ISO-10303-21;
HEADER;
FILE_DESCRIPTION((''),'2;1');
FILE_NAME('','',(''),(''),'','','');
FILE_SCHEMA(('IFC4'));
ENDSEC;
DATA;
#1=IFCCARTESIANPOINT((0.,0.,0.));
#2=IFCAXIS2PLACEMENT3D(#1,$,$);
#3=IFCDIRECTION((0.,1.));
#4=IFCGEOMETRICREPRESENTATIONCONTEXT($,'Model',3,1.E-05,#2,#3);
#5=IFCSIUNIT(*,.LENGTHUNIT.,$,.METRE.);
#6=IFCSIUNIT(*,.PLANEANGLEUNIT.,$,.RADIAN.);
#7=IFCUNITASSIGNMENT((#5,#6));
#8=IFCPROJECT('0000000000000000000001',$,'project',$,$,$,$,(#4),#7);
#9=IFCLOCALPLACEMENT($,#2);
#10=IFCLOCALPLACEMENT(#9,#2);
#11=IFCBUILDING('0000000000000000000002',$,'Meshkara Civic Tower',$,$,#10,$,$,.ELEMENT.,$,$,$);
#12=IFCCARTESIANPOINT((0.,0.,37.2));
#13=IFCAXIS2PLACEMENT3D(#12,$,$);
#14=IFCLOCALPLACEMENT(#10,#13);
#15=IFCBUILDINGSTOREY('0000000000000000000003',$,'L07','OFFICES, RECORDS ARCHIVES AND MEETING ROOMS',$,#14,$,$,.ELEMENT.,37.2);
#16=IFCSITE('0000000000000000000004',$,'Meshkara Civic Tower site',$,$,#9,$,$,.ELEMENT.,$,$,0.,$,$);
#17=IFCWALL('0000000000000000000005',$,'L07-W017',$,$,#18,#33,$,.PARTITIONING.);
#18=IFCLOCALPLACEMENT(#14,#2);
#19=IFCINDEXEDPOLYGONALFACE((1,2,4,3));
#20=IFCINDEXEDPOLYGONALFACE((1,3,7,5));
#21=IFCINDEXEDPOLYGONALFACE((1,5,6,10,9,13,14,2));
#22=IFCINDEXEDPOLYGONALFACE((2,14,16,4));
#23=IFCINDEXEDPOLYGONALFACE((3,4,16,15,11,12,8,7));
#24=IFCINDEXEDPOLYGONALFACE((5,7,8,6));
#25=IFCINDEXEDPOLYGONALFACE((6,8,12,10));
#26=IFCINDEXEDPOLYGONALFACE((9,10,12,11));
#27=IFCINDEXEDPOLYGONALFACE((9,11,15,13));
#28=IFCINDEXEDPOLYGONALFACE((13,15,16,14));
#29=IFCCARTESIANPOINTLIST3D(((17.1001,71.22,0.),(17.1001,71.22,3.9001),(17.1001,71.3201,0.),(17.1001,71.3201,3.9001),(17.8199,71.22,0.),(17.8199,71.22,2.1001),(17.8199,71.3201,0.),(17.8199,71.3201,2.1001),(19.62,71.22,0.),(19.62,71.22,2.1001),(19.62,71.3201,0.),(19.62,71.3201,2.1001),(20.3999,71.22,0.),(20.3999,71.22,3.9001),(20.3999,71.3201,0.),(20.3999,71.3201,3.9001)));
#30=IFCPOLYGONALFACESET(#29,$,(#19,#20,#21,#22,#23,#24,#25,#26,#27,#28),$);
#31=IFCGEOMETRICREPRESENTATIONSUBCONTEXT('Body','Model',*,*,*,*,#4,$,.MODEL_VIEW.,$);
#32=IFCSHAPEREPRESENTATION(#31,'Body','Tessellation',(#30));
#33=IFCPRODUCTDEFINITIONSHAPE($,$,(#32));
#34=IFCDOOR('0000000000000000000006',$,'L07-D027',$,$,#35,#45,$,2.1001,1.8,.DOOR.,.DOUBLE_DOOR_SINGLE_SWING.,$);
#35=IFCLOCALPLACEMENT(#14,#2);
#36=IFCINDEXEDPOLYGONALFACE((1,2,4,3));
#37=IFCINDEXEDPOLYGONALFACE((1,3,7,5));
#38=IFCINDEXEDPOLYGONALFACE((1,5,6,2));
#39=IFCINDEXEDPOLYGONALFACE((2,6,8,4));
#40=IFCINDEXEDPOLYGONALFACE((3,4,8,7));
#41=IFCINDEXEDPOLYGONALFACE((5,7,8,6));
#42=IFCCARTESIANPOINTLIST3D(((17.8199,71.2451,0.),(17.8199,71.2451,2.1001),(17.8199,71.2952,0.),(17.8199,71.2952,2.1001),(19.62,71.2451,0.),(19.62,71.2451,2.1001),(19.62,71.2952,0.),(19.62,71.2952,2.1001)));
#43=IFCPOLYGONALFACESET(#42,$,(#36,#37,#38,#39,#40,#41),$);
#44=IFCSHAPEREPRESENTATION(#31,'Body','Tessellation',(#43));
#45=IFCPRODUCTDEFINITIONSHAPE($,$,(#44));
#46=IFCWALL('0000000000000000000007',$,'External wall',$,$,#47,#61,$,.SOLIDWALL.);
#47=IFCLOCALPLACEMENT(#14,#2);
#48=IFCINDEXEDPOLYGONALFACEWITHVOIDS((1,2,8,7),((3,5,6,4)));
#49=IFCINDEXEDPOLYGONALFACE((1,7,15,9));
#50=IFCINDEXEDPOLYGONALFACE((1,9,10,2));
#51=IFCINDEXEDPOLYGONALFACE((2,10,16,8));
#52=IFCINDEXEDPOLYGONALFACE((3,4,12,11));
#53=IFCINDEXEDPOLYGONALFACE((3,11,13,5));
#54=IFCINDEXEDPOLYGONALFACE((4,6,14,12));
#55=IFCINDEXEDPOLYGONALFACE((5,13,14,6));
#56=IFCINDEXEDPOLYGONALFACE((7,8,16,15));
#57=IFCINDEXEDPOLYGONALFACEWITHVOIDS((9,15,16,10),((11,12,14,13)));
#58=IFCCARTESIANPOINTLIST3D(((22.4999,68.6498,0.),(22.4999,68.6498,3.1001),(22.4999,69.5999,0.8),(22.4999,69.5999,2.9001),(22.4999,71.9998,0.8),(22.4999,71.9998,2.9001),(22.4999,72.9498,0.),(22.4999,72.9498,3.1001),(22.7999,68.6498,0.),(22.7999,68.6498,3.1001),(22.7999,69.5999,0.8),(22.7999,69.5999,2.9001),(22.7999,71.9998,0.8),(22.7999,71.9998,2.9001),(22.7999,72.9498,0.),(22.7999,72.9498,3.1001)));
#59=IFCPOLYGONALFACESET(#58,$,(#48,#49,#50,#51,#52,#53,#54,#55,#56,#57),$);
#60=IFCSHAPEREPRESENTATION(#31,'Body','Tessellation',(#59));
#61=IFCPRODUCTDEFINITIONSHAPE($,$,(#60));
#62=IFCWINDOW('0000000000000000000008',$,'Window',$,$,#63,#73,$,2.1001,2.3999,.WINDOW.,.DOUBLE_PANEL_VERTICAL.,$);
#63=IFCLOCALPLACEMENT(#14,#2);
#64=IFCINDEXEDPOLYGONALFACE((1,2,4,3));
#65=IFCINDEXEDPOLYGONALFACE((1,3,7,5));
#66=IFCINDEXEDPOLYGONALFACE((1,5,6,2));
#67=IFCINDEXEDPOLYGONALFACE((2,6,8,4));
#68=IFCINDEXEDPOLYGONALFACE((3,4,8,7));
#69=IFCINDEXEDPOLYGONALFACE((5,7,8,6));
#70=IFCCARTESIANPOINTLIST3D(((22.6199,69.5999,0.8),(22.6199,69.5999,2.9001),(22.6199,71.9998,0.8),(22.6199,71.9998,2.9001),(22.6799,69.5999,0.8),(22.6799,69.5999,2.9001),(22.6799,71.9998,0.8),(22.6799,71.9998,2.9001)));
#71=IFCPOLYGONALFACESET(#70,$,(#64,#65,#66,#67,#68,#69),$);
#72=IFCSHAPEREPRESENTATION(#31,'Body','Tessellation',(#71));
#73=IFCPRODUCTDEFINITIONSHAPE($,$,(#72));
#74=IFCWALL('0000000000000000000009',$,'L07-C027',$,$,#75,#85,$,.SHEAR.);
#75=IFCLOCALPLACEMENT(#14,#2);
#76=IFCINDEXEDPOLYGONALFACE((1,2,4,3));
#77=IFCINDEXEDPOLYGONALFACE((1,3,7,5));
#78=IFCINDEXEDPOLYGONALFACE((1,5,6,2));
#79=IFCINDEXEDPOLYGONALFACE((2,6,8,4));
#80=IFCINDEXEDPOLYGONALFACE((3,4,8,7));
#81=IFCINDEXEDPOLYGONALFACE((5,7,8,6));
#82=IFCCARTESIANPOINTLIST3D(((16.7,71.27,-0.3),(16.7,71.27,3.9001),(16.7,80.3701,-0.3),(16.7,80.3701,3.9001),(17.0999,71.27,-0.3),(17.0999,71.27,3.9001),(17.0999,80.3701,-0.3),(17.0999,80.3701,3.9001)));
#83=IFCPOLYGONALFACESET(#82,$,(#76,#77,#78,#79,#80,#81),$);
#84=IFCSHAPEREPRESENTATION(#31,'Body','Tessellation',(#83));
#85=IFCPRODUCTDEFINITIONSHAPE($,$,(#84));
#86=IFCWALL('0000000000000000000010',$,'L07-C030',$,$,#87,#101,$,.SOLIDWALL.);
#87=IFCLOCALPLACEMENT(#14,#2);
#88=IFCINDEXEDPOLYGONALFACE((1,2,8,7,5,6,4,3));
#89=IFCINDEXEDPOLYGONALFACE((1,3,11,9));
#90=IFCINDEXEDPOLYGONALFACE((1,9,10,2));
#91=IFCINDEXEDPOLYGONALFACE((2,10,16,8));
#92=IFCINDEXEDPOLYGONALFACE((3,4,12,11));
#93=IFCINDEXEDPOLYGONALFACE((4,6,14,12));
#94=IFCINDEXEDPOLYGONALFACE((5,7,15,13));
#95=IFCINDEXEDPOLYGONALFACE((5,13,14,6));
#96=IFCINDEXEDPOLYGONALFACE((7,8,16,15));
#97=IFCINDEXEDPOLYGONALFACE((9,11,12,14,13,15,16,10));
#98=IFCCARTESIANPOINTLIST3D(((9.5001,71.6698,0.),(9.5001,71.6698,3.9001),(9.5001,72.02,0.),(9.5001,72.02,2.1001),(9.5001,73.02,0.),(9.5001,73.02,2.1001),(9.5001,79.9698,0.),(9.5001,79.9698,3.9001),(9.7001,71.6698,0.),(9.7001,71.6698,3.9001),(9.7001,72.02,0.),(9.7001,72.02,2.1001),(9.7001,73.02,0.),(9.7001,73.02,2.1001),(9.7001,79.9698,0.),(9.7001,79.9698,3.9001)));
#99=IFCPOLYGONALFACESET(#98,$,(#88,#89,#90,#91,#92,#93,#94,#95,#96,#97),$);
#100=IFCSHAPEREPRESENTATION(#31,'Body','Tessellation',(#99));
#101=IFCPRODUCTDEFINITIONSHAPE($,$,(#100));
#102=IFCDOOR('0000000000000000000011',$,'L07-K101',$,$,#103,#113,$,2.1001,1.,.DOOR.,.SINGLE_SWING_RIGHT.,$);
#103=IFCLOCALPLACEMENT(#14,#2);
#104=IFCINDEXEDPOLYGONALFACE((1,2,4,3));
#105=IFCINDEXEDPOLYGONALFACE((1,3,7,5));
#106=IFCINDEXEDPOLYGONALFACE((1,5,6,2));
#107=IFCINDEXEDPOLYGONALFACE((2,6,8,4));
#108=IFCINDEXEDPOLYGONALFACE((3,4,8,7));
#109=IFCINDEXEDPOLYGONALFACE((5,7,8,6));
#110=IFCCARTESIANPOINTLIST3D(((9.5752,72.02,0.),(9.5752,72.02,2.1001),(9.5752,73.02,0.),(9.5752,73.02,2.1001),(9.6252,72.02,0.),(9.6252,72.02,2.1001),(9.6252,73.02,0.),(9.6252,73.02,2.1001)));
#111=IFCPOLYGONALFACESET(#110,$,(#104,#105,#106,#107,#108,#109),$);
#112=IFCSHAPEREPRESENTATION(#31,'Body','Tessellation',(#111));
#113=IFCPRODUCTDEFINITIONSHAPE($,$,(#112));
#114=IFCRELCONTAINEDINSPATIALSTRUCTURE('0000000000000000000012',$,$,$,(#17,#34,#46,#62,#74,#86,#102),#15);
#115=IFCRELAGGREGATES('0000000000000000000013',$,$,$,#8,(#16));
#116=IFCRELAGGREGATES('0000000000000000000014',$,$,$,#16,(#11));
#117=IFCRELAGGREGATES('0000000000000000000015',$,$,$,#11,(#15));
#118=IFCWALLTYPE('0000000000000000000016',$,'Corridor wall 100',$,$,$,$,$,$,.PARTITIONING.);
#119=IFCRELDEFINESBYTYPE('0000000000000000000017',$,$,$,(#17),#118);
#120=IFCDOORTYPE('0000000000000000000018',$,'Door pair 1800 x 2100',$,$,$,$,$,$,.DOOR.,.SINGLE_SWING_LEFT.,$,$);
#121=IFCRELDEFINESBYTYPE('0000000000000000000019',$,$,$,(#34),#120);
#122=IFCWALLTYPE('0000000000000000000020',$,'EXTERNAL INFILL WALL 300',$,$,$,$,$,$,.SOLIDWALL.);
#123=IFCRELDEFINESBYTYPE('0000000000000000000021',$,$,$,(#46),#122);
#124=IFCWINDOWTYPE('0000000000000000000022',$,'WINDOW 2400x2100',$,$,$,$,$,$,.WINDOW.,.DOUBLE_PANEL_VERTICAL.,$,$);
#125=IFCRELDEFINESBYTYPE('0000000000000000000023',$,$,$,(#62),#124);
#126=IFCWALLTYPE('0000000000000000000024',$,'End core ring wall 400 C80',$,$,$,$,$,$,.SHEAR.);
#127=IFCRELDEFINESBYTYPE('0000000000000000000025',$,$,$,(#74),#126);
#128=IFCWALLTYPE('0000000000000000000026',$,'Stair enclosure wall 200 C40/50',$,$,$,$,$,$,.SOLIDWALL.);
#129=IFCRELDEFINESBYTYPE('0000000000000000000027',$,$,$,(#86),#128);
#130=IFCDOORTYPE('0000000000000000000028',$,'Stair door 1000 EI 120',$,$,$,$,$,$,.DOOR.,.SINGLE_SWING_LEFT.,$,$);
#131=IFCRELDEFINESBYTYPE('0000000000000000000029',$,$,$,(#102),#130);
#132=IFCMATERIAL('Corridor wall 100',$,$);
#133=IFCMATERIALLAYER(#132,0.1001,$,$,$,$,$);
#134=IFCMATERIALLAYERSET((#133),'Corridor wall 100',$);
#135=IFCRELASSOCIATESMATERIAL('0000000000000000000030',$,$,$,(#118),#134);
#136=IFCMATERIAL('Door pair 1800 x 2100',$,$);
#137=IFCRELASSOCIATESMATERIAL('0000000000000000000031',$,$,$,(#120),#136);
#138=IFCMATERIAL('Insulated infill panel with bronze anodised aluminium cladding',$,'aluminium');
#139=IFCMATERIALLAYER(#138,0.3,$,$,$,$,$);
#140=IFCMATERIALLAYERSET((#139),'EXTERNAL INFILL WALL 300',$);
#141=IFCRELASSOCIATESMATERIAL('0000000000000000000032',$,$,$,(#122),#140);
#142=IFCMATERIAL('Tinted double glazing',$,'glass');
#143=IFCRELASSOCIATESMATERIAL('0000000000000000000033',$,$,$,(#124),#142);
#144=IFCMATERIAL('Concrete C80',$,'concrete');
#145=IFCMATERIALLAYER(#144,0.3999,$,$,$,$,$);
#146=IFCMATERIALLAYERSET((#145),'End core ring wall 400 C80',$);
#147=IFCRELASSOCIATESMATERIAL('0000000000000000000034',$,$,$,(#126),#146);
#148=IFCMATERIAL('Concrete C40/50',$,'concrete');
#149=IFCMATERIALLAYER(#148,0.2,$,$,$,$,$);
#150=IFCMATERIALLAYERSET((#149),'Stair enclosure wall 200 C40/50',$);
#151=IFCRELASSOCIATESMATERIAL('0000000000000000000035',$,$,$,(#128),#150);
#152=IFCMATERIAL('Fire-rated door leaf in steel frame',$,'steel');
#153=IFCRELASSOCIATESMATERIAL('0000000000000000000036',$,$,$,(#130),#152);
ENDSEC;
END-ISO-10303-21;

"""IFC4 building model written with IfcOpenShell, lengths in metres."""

from ifc_helpers import new_model, si_unit, direction, frame, frame_2d, origin, place, context, subcontext, project, spatial, rectangle, extrude, material, layer, layer_set, type_object, element, fill, save


model = new_model("IFC4")

# Units and contexts
model_context = context("Model", 3, precision=1e-05, world=origin(), true_north=direction((0.0, 1.0)))
body_context = subcontext(model_context, "Body", "Model", "MODEL_VIEW")
ifc_project = project(units=[si_unit("LENGTHUNIT", "METRE"), si_unit("PLANEANGLEUNIT", "RADIAN")], contexts=[model_context])

# Site, building, storey
site_placement = place(None, origin())
site = spatial("IfcSite", under=ifc_project, at=site_placement, Name="Meshkara Civic Tower site", CompositionType="ELEMENT", RefElevation=0.0)
building_placement = place(site_placement, origin())
building = spatial("IfcBuilding", under=site, at=building_placement, Name="Meshkara Civic Tower", CompositionType="ELEMENT")
storey_placement = place(building_placement, frame((0.0, 0.0, 37.2)))
storey = spatial("IfcBuildingStorey", under=building, at=storey_placement, Name="L07", Description="OFFICES, RECORDS ARCHIVES AND MEETING ROOMS", CompositionType="ELEMENT", Elevation=37.2)

# Shared definitions
ifc_material_1 = material(Name="Corridor wall 100")
ifc_layer_1 = layer(ifc_material_1, 0.1001)
ifc_layer_set_1 = layer_set([ifc_layer_1], Name="Corridor wall 100")
wall_type_1 = type_object("IfcWallType", Name="Corridor wall 100", PredefinedType="PARTITIONING", material=ifc_layer_set_1)
ifc_material_2 = material(Name="Door pair 1800 x 2100")
door_type_1 = type_object("IfcDoorType", Name="Door pair 1800 x 2100", OperationType="SINGLE_SWING_LEFT", PredefinedType="DOOR", material=ifc_material_2)

# Wall, opening, door
wall_1_placement = place(storey_placement, frame((20.3999, 71.27, 0.0), z_axis=(0.0, 0.0, 1.0), x_axis=(-1.0, 0.0, 0.0)))
wall_1 = element("IfcWall", 1, at=wall_1_placement, inside=storey, type_object=wall_type_1, Name="L07-W017", PredefinedType="PARTITIONING", context=body_context, shape_type="SweptSolid", body=[
    extrude(rectangle(XDim=3.2998, YDim=0.1001, at=frame_2d((1.6499, 0.0))), origin(), (0.0, 0.0, 1.0), 3.9001),
])
opening_1_placement = place(wall_1_placement, frame((0.78, 0.0, 0.0)))
opening_1 = element("IfcOpeningElement", 2, at=opening_1_placement, cuts=wall_1, PredefinedType="OPENING", context=body_context, shape_type="SweptSolid", body=[
    extrude(rectangle(XDim=1.8, YDim=2.1001, at=frame_2d((0.8999, 1.05))), frame((0.0, 0.0601, 0.0), z_axis=(0.0, -1.0, 0.0), x_axis=(1.0, 0.0, 0.0)), (0.0, 0.0, 1.0), 0.1201),
])
door_1_placement = place(opening_1_placement, origin())
door_1 = element("IfcDoor", 3, at=door_1_placement, inside=storey, type_object=door_type_1, Name="L07-D027", OperationType="DOUBLE_DOOR_SINGLE_SWING", OverallHeight=2.1001, OverallWidth=1.8, PredefinedType="DOOR", context=body_context, shape_type="SweptSolid", body=[
    extrude(rectangle(XDim=1.8, YDim=2.1001, at=frame_2d((0.8999, 1.05))), frame((0.0, 0.0249, 0.0), z_axis=(0.0, -1.0, 0.0), x_axis=(1.0, 0.0, 0.0)), (0.0, 0.0, 1.0), 0.05),
])
fill(opening_1, door_1)

# Wall, opening, window
ifc_material_3 = material(Name="Insulated infill panel with bronze anodised aluminium cladding", Category="aluminium")
ifc_layer_2 = layer(ifc_material_3, 0.3)
ifc_layer_set_2 = layer_set([ifc_layer_2], Name="EXTERNAL INFILL WALL 300")
wall_type_2 = type_object("IfcWallType", Name="EXTERNAL INFILL WALL 300", PredefinedType="SOLIDWALL", material=ifc_layer_set_2)
wall_2_placement = place(storey_placement, frame((22.6499, 68.6499, 0.0), z_axis=(0.0, 0.0, 1.0), x_axis=(0.0, 1.0, 0.0)))
wall_2 = element("IfcWall", 4, at=wall_2_placement, inside=storey, type_object=wall_type_2, Name="External wall", PredefinedType="SOLIDWALL", context=body_context, shape_type="SweptSolid", body=[
    extrude(rectangle(XDim=4.3, YDim=0.3, at=frame_2d((2.1499, 0.0))), origin(), (0.0, 0.0, 1.0), 3.1001),
])
opening_2_placement = place(wall_2_placement, frame((0.95, 0.0, 0.8)))
opening_2 = element("IfcOpeningElement", 5, at=opening_2_placement, cuts=wall_2, PredefinedType="OPENING", context=body_context, shape_type="SweptSolid", body=[
    extrude(rectangle(XDim=2.3999, YDim=2.1001, at=frame_2d((1.2, 1.05))), frame((0.0, 0.1599, 0.0), z_axis=(0.0, -1.0, 0.0), x_axis=(1.0, 0.0, 0.0)), (0.0, 0.0, 1.0), 0.3201),
])
ifc_material_4 = material(Name="Tinted double glazing", Category="glass")
window_type = type_object("IfcWindowType", Name="WINDOW 2400x2100", PartitioningType="DOUBLE_PANEL_VERTICAL", PredefinedType="WINDOW", material=ifc_material_4)
window_placement = place(opening_2_placement, origin())
window = element("IfcWindow", 6, at=window_placement, inside=storey, type_object=window_type, Name="Window", OverallHeight=2.1001, OverallWidth=2.3999, PartitioningType="DOUBLE_PANEL_VERTICAL", PredefinedType="WINDOW", context=body_context, shape_type="SweptSolid", body=[
    extrude(rectangle(XDim=2.3999, YDim=2.1001, at=frame_2d((1.2, 1.05))), frame((0.0, 0.03, 0.0), z_axis=(0.0, -1.0, 0.0), x_axis=(1.0, 0.0, 0.0)), (0.0, 0.0, 1.0), 0.0601),
])
fill(opening_2, window)

# Wall
ifc_material_5 = material(Name="Concrete C80", Category="concrete")
ifc_layer_3 = layer(ifc_material_5, 0.3999)
ifc_layer_set_3 = layer_set([ifc_layer_3], Name="End core ring wall 400 C80")
wall_type_3 = type_object("IfcWallType", Name="End core ring wall 400 C80", PredefinedType="SHEAR", material=ifc_layer_set_3)
wall_3_placement = place(storey_placement, frame((16.8999, 71.27, -0.3), z_axis=(0.0, 0.0, 1.0), x_axis=(0.0, 1.0, 0.0)))
element("IfcWall", 7, at=wall_3_placement, inside=storey, type_object=wall_type_3, Name="L07-C027", PredefinedType="SHEAR", context=body_context, shape_type="SweptSolid", body=[
    extrude(rectangle(XDim=9.1001, YDim=0.3999, at=frame_2d((4.55, 0.0))), origin(), (0.0, 0.0, 1.0), 4.2002),
])

# Wall, opening, door
ifc_material_6 = material(Name="Concrete C40/50", Category="concrete")
ifc_layer_4 = layer(ifc_material_6, 0.2)
ifc_layer_set_4 = layer_set([ifc_layer_4], Name="Stair enclosure wall 200 C40/50")
wall_type_4 = type_object("IfcWallType", Name="Stair enclosure wall 200 C40/50", PredefinedType="SOLIDWALL", material=ifc_layer_set_4)
wall_4_placement = place(storey_placement, frame((9.6001, 71.6699, 0.0), z_axis=(0.0, 0.0, 1.0), x_axis=(0.0, 1.0, 0.0)))
wall_4 = element("IfcWall", 8, at=wall_4_placement, inside=storey, type_object=wall_type_4, Name="L07-C030", PredefinedType="SOLIDWALL", context=body_context, shape_type="SweptSolid", body=[
    extrude(rectangle(XDim=8.3, YDim=0.2, at=frame_2d((4.1499, 0.0))), origin(), (0.0, 0.0, 1.0), 3.9001),
])
opening_3_placement = place(wall_4_placement, frame((0.3501, 0.0, 0.0)))
opening_3 = element("IfcOpeningElement", 9, at=opening_3_placement, cuts=wall_4, PredefinedType="OPENING", context=body_context, shape_type="SweptSolid", body=[
    extrude(rectangle(XDim=1.0, YDim=2.1001, at=frame_2d((0.5, 1.05))), frame((0.0, 0.1099, 0.0), z_axis=(0.0, -1.0, 0.0), x_axis=(1.0, 0.0, 0.0)), (0.0, 0.0, 1.0), 0.22),
])
ifc_material_7 = material(Name="Fire-rated door leaf in steel frame", Category="steel")
door_type_2 = type_object("IfcDoorType", Name="Stair door 1000 EI 120", OperationType="SINGLE_SWING_LEFT", PredefinedType="DOOR", material=ifc_material_7)
door_2_placement = place(opening_3_placement, origin())
door_2 = element("IfcDoor", 10, at=door_2_placement, inside=storey, type_object=door_type_2, Name="L07-K101", OperationType="SINGLE_SWING_RIGHT", OverallHeight=2.1001, OverallWidth=1.0, PredefinedType="DOOR", context=body_context, shape_type="SweptSolid", body=[
    extrude(rectangle(XDim=1.0, YDim=2.1001, at=frame_2d((0.5, 1.05))), frame((0.0, 0.0249, 0.0), z_axis=(0.0, -1.0, 0.0), x_axis=(1.0, 0.0, 0.0)), (0.0, 0.0, 1.0), 0.05),
])
fill(opening_3, door_2)

save(model, "model.ifc")
